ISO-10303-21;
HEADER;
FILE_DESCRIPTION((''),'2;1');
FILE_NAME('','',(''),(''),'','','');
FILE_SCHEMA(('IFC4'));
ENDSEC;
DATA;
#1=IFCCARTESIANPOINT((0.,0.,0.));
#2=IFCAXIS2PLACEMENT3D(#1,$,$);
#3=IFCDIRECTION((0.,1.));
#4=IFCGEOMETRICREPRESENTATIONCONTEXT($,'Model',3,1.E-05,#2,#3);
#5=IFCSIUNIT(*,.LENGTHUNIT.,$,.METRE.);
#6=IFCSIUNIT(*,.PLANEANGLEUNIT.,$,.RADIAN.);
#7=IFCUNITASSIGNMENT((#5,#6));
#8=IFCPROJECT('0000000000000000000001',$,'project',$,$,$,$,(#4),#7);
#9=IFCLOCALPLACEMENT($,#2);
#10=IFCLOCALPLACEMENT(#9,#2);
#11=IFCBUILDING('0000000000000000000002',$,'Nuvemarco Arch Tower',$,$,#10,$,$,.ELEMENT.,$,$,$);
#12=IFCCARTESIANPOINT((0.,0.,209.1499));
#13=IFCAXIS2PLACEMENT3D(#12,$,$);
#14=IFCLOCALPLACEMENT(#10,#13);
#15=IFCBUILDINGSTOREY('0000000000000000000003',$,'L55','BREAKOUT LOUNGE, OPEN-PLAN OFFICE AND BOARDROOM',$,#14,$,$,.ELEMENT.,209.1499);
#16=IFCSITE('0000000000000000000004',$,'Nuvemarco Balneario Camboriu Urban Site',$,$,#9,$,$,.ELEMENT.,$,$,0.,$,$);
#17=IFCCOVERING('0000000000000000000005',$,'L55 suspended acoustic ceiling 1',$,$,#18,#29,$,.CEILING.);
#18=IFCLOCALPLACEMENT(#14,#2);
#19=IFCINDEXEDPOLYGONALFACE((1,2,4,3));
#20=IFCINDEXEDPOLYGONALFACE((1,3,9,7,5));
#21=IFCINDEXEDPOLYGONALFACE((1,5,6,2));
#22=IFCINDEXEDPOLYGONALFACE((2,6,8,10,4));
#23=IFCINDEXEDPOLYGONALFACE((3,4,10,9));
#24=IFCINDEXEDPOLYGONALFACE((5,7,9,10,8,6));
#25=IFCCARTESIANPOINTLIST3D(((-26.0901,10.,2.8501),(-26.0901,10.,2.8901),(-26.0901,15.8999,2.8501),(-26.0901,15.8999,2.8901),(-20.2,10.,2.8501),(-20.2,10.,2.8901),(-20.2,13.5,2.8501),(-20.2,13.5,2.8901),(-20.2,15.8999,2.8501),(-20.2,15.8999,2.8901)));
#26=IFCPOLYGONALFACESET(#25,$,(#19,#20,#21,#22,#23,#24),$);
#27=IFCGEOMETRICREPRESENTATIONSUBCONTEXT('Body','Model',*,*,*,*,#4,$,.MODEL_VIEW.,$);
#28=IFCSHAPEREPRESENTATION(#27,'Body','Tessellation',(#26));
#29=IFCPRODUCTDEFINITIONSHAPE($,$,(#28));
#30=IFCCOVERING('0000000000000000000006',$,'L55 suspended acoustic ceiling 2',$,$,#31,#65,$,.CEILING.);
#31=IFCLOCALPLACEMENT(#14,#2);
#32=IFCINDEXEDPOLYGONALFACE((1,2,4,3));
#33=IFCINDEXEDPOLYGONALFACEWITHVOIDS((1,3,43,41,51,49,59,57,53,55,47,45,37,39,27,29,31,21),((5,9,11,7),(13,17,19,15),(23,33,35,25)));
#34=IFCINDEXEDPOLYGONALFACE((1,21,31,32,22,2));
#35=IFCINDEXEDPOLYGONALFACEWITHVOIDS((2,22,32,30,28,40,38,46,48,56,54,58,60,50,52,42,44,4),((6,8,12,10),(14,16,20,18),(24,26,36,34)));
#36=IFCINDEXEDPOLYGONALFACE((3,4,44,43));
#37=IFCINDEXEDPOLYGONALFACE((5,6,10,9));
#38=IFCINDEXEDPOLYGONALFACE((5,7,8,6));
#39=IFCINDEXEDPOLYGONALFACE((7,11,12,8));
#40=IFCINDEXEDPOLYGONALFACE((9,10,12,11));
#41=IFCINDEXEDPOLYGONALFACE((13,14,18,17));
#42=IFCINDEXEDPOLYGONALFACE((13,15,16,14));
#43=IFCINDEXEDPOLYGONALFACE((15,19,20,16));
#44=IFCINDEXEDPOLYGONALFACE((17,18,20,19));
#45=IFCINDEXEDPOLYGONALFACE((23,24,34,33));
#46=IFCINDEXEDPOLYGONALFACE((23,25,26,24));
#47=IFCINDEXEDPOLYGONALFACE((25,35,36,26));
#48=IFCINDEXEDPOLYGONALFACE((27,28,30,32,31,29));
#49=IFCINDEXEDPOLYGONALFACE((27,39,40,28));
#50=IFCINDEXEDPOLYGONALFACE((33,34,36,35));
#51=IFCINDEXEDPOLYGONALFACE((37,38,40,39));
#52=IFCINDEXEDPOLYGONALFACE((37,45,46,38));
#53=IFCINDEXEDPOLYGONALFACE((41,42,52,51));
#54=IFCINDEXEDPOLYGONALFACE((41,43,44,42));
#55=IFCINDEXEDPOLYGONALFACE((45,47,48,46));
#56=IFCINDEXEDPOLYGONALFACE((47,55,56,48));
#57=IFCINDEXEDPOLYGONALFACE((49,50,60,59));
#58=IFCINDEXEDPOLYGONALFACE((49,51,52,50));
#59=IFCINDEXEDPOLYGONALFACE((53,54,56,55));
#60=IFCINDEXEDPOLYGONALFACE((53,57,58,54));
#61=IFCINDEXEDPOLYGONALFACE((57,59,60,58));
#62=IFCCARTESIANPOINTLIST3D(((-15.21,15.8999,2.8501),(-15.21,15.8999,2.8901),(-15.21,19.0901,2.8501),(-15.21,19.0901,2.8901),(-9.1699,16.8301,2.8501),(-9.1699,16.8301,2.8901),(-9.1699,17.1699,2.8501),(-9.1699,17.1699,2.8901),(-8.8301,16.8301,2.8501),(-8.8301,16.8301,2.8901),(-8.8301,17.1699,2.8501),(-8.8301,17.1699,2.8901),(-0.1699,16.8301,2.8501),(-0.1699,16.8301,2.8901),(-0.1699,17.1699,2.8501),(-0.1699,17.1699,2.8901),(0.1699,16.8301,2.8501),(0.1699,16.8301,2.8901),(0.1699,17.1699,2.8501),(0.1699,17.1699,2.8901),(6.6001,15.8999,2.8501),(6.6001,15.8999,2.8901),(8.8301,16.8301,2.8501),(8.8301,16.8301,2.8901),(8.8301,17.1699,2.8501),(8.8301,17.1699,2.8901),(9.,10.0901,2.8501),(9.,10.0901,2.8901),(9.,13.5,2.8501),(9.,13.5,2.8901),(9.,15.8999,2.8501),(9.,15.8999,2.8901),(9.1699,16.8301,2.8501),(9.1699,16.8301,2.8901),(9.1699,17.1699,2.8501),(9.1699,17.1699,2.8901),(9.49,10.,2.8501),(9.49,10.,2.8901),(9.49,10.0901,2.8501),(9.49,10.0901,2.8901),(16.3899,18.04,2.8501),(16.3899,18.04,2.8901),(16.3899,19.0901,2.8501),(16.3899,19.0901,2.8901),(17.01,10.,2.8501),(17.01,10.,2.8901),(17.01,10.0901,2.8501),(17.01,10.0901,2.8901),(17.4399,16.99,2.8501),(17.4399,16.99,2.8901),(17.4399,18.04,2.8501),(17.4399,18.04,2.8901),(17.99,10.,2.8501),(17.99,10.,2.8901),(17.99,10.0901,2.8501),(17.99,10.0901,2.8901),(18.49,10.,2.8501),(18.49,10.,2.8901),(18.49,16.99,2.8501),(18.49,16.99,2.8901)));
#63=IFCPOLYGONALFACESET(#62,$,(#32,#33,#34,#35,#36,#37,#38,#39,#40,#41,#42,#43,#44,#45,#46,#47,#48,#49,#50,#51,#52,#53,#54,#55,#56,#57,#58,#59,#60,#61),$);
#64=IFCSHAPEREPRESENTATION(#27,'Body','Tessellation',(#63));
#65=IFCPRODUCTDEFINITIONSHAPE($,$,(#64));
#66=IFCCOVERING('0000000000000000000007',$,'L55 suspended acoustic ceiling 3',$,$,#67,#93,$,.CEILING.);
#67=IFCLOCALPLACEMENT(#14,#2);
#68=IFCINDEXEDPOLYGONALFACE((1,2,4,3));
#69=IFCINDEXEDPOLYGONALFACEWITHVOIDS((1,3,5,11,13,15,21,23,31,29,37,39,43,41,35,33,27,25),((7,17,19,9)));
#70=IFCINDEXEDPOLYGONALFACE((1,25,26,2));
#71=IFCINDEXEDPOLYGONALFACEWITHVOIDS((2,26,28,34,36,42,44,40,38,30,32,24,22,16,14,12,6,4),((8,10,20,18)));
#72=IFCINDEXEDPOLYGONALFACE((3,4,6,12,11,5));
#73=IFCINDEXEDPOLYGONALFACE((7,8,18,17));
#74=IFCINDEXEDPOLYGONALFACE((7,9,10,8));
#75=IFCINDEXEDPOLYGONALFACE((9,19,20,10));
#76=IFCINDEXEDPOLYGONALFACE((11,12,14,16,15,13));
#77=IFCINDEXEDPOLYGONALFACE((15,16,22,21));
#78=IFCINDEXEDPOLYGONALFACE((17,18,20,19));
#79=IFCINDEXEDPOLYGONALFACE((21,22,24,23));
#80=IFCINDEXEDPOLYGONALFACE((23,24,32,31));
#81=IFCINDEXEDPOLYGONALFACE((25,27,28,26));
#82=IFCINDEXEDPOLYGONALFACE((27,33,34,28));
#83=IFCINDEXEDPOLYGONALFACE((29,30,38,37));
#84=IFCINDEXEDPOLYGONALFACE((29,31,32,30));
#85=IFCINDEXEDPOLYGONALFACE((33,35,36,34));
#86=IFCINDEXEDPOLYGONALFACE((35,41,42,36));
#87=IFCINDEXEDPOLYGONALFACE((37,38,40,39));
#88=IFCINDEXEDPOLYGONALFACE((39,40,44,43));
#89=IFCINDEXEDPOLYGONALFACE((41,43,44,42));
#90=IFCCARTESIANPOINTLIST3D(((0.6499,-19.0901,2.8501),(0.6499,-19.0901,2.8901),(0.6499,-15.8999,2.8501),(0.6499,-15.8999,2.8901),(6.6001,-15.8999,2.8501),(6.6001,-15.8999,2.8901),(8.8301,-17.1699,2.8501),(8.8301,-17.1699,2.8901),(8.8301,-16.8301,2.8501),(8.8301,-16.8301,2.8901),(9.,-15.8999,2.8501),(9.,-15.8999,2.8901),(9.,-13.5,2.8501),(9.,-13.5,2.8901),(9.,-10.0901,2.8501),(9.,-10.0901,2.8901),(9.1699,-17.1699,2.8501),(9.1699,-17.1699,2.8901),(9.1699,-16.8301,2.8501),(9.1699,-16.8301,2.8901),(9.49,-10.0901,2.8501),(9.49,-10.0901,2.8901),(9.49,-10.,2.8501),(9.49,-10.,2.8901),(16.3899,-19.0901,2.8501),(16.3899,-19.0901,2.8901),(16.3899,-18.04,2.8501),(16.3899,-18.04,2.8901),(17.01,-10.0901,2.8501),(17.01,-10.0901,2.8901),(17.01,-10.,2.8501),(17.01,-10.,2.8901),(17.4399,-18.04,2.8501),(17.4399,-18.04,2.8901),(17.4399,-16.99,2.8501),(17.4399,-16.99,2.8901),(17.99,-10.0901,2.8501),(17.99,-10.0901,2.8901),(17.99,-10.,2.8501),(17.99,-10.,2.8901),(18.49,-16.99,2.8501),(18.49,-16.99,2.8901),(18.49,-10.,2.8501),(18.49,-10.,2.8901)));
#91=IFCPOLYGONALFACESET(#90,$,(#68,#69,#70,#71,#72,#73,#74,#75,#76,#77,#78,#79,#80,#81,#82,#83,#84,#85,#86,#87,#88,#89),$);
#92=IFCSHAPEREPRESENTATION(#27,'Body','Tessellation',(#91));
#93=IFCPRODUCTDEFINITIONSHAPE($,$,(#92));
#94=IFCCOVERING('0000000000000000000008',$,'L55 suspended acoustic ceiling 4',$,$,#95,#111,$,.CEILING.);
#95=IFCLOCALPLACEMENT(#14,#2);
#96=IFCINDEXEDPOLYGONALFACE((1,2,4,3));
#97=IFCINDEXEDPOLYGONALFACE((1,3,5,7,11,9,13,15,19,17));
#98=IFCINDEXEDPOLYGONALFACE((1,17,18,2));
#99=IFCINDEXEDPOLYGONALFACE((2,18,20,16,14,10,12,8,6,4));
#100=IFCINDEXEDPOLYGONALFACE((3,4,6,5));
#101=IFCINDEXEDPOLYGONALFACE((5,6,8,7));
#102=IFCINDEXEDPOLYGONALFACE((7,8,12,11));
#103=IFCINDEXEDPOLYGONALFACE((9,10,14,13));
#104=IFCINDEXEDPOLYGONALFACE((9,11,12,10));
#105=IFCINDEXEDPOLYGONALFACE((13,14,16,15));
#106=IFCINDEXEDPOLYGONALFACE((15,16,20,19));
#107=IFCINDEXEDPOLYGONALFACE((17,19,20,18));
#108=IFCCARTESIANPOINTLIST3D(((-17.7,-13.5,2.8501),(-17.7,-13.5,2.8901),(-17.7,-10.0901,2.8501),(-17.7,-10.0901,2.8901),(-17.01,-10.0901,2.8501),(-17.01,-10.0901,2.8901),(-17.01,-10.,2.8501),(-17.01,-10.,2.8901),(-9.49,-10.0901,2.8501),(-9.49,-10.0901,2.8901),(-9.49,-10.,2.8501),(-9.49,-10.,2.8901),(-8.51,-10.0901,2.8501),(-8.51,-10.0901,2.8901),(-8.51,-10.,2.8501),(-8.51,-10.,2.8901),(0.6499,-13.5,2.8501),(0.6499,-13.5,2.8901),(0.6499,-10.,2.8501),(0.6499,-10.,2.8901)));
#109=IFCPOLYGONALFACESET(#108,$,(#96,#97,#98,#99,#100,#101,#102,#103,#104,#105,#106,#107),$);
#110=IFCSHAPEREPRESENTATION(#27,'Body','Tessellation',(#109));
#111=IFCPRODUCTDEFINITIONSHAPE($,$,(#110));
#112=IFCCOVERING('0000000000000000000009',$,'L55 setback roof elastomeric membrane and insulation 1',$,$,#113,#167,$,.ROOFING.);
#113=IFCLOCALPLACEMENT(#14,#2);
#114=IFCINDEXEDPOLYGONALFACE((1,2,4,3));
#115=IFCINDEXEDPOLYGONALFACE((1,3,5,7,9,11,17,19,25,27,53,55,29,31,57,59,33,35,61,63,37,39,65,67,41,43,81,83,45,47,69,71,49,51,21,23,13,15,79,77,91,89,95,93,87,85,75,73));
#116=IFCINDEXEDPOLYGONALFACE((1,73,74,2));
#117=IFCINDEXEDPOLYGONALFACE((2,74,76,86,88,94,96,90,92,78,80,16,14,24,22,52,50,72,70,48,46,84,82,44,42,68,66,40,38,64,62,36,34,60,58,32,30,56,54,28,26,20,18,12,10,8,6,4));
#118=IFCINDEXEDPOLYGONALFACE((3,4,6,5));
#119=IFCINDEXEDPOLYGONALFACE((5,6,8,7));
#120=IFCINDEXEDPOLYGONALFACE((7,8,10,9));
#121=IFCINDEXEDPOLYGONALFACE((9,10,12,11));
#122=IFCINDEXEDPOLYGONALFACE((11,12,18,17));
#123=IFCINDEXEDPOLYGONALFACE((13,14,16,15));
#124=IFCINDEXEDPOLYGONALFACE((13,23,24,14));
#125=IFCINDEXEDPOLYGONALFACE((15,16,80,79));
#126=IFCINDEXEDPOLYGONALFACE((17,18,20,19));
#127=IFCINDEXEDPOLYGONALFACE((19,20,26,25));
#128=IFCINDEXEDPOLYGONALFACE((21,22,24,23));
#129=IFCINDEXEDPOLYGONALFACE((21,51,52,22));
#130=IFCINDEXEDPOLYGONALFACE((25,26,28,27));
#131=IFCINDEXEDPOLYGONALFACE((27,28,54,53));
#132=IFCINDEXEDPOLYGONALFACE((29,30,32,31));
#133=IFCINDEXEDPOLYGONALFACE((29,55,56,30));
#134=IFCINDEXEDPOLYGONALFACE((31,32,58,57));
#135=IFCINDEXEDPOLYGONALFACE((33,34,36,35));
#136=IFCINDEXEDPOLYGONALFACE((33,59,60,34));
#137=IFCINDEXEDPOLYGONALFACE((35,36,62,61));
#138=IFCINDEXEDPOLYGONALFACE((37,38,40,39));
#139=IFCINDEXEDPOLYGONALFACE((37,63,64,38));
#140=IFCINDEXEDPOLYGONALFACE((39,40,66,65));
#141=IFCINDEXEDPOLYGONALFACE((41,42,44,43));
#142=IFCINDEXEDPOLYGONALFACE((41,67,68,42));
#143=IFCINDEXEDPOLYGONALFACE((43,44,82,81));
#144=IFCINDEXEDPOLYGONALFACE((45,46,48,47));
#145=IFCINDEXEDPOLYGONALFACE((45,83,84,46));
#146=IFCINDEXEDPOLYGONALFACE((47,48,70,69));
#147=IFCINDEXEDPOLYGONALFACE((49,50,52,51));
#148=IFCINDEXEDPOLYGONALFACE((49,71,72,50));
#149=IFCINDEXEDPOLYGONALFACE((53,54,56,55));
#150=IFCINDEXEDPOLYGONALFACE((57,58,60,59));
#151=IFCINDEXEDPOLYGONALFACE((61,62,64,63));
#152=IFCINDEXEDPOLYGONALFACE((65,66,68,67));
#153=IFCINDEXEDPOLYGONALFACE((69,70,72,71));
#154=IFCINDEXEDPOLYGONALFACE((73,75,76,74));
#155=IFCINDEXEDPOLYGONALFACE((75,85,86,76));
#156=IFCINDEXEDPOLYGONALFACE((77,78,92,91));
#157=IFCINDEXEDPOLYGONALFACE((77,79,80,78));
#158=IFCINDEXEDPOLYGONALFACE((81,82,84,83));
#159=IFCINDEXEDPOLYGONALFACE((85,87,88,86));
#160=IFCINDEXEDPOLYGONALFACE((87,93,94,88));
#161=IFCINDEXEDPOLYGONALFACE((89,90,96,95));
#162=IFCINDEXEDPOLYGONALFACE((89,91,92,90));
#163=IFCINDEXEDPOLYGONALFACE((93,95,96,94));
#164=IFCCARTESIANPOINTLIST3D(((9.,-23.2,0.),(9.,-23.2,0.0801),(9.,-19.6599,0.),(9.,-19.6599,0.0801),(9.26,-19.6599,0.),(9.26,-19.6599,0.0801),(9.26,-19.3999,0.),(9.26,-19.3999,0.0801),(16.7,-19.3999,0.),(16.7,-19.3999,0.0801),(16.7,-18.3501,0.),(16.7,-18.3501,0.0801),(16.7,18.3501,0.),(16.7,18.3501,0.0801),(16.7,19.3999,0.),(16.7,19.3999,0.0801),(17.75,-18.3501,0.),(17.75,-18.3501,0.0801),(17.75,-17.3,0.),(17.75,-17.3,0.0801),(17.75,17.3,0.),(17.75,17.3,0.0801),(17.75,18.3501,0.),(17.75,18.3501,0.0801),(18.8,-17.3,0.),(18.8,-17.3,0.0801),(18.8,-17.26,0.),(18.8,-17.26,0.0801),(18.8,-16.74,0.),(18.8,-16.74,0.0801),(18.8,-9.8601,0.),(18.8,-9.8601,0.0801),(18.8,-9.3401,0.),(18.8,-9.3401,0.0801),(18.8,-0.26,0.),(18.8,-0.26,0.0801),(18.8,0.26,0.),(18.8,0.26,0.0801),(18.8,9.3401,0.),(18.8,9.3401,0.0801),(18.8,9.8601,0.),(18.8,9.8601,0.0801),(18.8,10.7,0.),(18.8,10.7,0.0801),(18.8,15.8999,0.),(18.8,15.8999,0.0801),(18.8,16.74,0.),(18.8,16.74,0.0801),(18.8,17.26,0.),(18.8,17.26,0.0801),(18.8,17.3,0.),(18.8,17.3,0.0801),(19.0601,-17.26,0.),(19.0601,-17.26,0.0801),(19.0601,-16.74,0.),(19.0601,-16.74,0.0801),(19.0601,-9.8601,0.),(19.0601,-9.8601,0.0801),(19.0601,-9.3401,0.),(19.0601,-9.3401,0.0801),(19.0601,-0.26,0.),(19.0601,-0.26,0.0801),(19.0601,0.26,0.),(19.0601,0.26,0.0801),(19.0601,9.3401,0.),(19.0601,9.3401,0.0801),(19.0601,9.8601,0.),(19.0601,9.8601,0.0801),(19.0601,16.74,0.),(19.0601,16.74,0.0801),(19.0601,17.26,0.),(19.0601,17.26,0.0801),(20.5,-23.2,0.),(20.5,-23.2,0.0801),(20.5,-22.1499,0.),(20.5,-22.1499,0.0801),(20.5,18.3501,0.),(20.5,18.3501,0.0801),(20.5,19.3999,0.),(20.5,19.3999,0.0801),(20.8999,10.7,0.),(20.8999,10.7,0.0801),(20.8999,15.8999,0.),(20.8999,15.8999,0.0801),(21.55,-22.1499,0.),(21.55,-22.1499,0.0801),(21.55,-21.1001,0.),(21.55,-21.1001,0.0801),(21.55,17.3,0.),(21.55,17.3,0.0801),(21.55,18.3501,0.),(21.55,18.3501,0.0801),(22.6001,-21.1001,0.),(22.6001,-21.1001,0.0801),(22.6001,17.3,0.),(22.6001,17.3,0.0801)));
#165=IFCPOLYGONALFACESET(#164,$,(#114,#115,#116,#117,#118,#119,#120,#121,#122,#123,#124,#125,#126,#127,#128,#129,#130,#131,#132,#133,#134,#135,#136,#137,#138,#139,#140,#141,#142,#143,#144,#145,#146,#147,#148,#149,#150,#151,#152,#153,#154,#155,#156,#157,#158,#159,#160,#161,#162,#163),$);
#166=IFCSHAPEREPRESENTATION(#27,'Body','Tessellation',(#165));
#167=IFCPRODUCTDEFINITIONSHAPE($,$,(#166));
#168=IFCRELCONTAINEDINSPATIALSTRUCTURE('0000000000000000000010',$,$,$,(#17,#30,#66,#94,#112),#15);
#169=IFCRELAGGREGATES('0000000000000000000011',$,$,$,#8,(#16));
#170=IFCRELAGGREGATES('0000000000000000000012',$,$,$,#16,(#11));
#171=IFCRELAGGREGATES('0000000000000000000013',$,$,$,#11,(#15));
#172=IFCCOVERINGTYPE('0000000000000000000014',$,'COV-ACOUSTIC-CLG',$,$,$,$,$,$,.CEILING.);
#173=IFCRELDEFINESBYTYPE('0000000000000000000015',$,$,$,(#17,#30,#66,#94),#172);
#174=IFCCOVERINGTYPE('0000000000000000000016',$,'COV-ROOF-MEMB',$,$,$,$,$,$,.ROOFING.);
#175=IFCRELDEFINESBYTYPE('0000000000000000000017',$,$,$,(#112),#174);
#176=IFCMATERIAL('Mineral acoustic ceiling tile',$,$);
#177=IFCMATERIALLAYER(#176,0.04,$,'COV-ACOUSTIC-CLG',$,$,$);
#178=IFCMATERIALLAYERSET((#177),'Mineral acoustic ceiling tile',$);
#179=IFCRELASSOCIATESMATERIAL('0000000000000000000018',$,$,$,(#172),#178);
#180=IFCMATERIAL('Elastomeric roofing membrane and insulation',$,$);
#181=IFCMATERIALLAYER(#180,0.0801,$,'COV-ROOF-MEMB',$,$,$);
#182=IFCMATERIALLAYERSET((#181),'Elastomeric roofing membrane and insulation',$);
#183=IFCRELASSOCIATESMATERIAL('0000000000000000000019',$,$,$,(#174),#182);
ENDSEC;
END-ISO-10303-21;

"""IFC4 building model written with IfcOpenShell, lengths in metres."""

from ifc_helpers import new_model, si_unit, direction, frame, origin, place, context, subcontext, project, spatial, polyline, outline, extrude, material, layer, layer_set, type_object, element, save


model = new_model("IFC4")

# Units and contexts
model_context = context("Model", 3, precision=1e-05, world=origin(), true_north=direction((0.0, 1.0)))
body_context = subcontext(model_context, "Body", "Model", "MODEL_VIEW")
ifc_project = project(units=[si_unit("LENGTHUNIT", "METRE"), si_unit("PLANEANGLEUNIT", "RADIAN")], contexts=[model_context])

# Site, building, storey
site_placement = place(None, origin())
site = spatial("IfcSite", under=ifc_project, at=site_placement, Name="Nuvemarco Balneario Camboriu Urban Site", CompositionType="ELEMENT", RefElevation=0.0)
building_placement = place(site_placement, origin())
building = spatial("IfcBuilding", under=site, at=building_placement, Name="Nuvemarco Arch Tower", CompositionType="ELEMENT")
storey_placement = place(building_placement, frame((0.0, 0.0, 209.1499)))
storey = spatial("IfcBuildingStorey", under=building, at=storey_placement, Name="L55", Description="BREAKOUT LOUNGE, OPEN-PLAN OFFICE AND BOARDROOM", CompositionType="ELEMENT", Elevation=209.1499)

# Coverings
ifc_material_1 = material(Name="Mineral acoustic ceiling tile")
ifc_layer_1 = layer(ifc_material_1, 0.04, Name="COV-ACOUSTIC-CLG")
ifc_layer_set_1 = layer_set([ifc_layer_1], Name="Mineral acoustic ceiling tile")
covering_type_1 = type_object("IfcCoveringType", Name="COV-ACOUSTIC-CLG", PredefinedType="CEILING", material=ifc_layer_set_1)
covering_1_placement = place(storey_placement, frame((0.0, 0.0, 2.8501)))
element("IfcCovering", 1, at=covering_1_placement, inside=storey, type_object=covering_type_1, Name="L55 suspended acoustic ceiling 1", PredefinedType="CEILING", context=body_context, shape_type="SweptSolid", body=[
    extrude(outline(polyline([(-20.2, 10.0), (-26.0901, 10.0), (-26.0901, 15.8999), (-20.2, 15.8999), (-20.2, 13.5), (-20.2, 10.0)])), origin(), (0.0, 0.0, 1.0), 0.04),
])
covering_2_placement = place(storey_placement, frame((0.0, 0.0, 2.8501)))
element("IfcCovering", 2, at=covering_2_placement, inside=storey, type_object=covering_type_1, Name="L55 suspended acoustic ceiling 2", PredefinedType="CEILING", context=body_context, shape_type="SweptSolid", body=[
    extrude(outline(polyline([(17.99, 10.0901), (17.01, 10.0901), (17.01, 10.0), (9.49, 10.0), (9.49, 10.0901), (9.0, 10.0901), (9.0, 13.5), (9.0, 15.8999), (6.6001, 15.8999), (-15.21, 15.8999), (-15.21, 19.0901), (16.3899, 19.0901), (16.3899, 18.04), (17.4399, 18.04), (17.4399, 16.99), (18.49, 16.99), (18.49, 10.0), (17.99, 10.0), (17.99, 10.0901)]), holes=[polyline([(-8.8301, 17.1699), (-9.1699, 17.1699), (-9.1699, 16.8301), (-8.8301, 16.8301), (-8.8301, 17.1699)]), polyline([(0.1699, 16.8301), (0.1699, 17.1699), (-0.1699, 17.1699), (-0.1699, 16.8301), (0.1699, 16.8301)]), polyline([(9.1699, 17.1699), (8.8301, 17.1699), (8.8301, 16.8301), (9.1699, 16.8301), (9.1699, 17.1699)])]), origin(), (0.0, 0.0, 1.0), 0.04),
])
covering_3_placement = place(storey_placement, frame((0.0, 0.0, 2.8501)))
element("IfcCovering", 3, at=covering_3_placement, inside=storey, type_object=covering_type_1, Name="L55 suspended acoustic ceiling 3", PredefinedType="CEILING", context=body_context, shape_type="SweptSolid", body=[
    extrude(outline(polyline([(16.3899, -19.0901), (0.6499, -19.0901), (0.6499, -15.8999), (6.6001, -15.8999), (9.0, -15.8999), (9.0, -13.5), (9.0, -10.0901), (9.49, -10.0901), (9.49, -10.0), (17.01, -10.0), (17.01, -10.0901), (17.99, -10.0901), (17.99, -10.0), (18.49, -10.0), (18.49, -16.99), (17.4399, -16.99), (17.4399, -18.04), (16.3899, -18.04), (16.3899, -19.0901)]), holes=[polyline([(9.1699, -17.1699), (9.1699, -16.8301), (8.8301, -16.8301), (8.8301, -17.1699), (9.1699, -17.1699)])]), origin(), (0.0, 0.0, 1.0), 0.04),
])
covering_4_placement = place(storey_placement, frame((0.0, 0.0, 2.8501)))
element("IfcCovering", 4, at=covering_4_placement, inside=storey, type_object=covering_type_1, Name="L55 suspended acoustic ceiling 4", PredefinedType="CEILING", context=body_context, shape_type="SweptSolid", body=[
    extrude(outline(polyline([(-9.49, -10.0901), (-8.51, -10.0901), (-8.51, -10.0), (0.6499, -10.0), (0.6499, -13.5), (-17.7, -13.5), (-17.7, -10.0901), (-17.01, -10.0901), (-17.01, -10.0), (-9.49, -10.0), (-9.49, -10.0901)])), origin(), (0.0, 0.0, 1.0), 0.04),
])
ifc_material_2 = material(Name="Elastomeric roofing membrane and insulation")
ifc_layer_2 = layer(ifc_material_2, 0.0801, Name="COV-ROOF-MEMB")
ifc_layer_set_2 = layer_set([ifc_layer_2], Name="Elastomeric roofing membrane and insulation")
covering_type_2 = type_object("IfcCoveringType", Name="COV-ROOF-MEMB", PredefinedType="ROOFING", material=ifc_layer_set_2)
covering_5_placement = place(storey_placement, origin())
element("IfcCovering", 5, at=covering_5_placement, inside=storey, type_object=covering_type_2, Name="L55 setback roof elastomeric membrane and insulation 1", PredefinedType="ROOFING", context=body_context, shape_type="SweptSolid", body=[
    extrude(outline(polyline([(20.5, 19.3999), (20.5, 18.3501), (21.55, 18.3501), (21.55, 17.3), (22.6001, 17.3), (22.6001, -21.1001), (21.55, -21.1001), (21.55, -22.1499), (20.5, -22.1499), (20.5, -23.2), (9.0, -23.2), (9.0, -19.6599), (9.26, -19.6599), (9.26, -19.3999), (16.7, -19.3999), (16.7, -18.3501), (17.75, -18.3501), (17.75, -17.3), (18.8, -17.3), (18.8, -17.26), (19.0601, -17.26), (19.0601, -16.74), (18.8, -16.74), (18.8, -9.8601), (19.0601, -9.8601), (19.0601, -9.3401), (18.8, -9.3401), (18.8, -0.26), (19.0601, -0.26), (19.0601, 0.26), (18.8, 0.26), (18.8, 9.3401), (19.0601, 9.3401), (19.0601, 9.8601), (18.8, 9.8601), (18.8, 10.7), (20.8999, 10.7), (20.8999, 15.8999), (18.8, 15.8999), (18.8, 16.74), (19.0601, 16.74), (19.0601, 17.26), (18.8, 17.26), (18.8, 17.3), (17.75, 17.3), (17.75, 18.3501), (16.7, 18.3501), (16.7, 19.3999), (20.5, 19.3999)])), origin(), (0.0, 0.0, 1.0), 0.0801),
])

save(model, "model.ifc")
